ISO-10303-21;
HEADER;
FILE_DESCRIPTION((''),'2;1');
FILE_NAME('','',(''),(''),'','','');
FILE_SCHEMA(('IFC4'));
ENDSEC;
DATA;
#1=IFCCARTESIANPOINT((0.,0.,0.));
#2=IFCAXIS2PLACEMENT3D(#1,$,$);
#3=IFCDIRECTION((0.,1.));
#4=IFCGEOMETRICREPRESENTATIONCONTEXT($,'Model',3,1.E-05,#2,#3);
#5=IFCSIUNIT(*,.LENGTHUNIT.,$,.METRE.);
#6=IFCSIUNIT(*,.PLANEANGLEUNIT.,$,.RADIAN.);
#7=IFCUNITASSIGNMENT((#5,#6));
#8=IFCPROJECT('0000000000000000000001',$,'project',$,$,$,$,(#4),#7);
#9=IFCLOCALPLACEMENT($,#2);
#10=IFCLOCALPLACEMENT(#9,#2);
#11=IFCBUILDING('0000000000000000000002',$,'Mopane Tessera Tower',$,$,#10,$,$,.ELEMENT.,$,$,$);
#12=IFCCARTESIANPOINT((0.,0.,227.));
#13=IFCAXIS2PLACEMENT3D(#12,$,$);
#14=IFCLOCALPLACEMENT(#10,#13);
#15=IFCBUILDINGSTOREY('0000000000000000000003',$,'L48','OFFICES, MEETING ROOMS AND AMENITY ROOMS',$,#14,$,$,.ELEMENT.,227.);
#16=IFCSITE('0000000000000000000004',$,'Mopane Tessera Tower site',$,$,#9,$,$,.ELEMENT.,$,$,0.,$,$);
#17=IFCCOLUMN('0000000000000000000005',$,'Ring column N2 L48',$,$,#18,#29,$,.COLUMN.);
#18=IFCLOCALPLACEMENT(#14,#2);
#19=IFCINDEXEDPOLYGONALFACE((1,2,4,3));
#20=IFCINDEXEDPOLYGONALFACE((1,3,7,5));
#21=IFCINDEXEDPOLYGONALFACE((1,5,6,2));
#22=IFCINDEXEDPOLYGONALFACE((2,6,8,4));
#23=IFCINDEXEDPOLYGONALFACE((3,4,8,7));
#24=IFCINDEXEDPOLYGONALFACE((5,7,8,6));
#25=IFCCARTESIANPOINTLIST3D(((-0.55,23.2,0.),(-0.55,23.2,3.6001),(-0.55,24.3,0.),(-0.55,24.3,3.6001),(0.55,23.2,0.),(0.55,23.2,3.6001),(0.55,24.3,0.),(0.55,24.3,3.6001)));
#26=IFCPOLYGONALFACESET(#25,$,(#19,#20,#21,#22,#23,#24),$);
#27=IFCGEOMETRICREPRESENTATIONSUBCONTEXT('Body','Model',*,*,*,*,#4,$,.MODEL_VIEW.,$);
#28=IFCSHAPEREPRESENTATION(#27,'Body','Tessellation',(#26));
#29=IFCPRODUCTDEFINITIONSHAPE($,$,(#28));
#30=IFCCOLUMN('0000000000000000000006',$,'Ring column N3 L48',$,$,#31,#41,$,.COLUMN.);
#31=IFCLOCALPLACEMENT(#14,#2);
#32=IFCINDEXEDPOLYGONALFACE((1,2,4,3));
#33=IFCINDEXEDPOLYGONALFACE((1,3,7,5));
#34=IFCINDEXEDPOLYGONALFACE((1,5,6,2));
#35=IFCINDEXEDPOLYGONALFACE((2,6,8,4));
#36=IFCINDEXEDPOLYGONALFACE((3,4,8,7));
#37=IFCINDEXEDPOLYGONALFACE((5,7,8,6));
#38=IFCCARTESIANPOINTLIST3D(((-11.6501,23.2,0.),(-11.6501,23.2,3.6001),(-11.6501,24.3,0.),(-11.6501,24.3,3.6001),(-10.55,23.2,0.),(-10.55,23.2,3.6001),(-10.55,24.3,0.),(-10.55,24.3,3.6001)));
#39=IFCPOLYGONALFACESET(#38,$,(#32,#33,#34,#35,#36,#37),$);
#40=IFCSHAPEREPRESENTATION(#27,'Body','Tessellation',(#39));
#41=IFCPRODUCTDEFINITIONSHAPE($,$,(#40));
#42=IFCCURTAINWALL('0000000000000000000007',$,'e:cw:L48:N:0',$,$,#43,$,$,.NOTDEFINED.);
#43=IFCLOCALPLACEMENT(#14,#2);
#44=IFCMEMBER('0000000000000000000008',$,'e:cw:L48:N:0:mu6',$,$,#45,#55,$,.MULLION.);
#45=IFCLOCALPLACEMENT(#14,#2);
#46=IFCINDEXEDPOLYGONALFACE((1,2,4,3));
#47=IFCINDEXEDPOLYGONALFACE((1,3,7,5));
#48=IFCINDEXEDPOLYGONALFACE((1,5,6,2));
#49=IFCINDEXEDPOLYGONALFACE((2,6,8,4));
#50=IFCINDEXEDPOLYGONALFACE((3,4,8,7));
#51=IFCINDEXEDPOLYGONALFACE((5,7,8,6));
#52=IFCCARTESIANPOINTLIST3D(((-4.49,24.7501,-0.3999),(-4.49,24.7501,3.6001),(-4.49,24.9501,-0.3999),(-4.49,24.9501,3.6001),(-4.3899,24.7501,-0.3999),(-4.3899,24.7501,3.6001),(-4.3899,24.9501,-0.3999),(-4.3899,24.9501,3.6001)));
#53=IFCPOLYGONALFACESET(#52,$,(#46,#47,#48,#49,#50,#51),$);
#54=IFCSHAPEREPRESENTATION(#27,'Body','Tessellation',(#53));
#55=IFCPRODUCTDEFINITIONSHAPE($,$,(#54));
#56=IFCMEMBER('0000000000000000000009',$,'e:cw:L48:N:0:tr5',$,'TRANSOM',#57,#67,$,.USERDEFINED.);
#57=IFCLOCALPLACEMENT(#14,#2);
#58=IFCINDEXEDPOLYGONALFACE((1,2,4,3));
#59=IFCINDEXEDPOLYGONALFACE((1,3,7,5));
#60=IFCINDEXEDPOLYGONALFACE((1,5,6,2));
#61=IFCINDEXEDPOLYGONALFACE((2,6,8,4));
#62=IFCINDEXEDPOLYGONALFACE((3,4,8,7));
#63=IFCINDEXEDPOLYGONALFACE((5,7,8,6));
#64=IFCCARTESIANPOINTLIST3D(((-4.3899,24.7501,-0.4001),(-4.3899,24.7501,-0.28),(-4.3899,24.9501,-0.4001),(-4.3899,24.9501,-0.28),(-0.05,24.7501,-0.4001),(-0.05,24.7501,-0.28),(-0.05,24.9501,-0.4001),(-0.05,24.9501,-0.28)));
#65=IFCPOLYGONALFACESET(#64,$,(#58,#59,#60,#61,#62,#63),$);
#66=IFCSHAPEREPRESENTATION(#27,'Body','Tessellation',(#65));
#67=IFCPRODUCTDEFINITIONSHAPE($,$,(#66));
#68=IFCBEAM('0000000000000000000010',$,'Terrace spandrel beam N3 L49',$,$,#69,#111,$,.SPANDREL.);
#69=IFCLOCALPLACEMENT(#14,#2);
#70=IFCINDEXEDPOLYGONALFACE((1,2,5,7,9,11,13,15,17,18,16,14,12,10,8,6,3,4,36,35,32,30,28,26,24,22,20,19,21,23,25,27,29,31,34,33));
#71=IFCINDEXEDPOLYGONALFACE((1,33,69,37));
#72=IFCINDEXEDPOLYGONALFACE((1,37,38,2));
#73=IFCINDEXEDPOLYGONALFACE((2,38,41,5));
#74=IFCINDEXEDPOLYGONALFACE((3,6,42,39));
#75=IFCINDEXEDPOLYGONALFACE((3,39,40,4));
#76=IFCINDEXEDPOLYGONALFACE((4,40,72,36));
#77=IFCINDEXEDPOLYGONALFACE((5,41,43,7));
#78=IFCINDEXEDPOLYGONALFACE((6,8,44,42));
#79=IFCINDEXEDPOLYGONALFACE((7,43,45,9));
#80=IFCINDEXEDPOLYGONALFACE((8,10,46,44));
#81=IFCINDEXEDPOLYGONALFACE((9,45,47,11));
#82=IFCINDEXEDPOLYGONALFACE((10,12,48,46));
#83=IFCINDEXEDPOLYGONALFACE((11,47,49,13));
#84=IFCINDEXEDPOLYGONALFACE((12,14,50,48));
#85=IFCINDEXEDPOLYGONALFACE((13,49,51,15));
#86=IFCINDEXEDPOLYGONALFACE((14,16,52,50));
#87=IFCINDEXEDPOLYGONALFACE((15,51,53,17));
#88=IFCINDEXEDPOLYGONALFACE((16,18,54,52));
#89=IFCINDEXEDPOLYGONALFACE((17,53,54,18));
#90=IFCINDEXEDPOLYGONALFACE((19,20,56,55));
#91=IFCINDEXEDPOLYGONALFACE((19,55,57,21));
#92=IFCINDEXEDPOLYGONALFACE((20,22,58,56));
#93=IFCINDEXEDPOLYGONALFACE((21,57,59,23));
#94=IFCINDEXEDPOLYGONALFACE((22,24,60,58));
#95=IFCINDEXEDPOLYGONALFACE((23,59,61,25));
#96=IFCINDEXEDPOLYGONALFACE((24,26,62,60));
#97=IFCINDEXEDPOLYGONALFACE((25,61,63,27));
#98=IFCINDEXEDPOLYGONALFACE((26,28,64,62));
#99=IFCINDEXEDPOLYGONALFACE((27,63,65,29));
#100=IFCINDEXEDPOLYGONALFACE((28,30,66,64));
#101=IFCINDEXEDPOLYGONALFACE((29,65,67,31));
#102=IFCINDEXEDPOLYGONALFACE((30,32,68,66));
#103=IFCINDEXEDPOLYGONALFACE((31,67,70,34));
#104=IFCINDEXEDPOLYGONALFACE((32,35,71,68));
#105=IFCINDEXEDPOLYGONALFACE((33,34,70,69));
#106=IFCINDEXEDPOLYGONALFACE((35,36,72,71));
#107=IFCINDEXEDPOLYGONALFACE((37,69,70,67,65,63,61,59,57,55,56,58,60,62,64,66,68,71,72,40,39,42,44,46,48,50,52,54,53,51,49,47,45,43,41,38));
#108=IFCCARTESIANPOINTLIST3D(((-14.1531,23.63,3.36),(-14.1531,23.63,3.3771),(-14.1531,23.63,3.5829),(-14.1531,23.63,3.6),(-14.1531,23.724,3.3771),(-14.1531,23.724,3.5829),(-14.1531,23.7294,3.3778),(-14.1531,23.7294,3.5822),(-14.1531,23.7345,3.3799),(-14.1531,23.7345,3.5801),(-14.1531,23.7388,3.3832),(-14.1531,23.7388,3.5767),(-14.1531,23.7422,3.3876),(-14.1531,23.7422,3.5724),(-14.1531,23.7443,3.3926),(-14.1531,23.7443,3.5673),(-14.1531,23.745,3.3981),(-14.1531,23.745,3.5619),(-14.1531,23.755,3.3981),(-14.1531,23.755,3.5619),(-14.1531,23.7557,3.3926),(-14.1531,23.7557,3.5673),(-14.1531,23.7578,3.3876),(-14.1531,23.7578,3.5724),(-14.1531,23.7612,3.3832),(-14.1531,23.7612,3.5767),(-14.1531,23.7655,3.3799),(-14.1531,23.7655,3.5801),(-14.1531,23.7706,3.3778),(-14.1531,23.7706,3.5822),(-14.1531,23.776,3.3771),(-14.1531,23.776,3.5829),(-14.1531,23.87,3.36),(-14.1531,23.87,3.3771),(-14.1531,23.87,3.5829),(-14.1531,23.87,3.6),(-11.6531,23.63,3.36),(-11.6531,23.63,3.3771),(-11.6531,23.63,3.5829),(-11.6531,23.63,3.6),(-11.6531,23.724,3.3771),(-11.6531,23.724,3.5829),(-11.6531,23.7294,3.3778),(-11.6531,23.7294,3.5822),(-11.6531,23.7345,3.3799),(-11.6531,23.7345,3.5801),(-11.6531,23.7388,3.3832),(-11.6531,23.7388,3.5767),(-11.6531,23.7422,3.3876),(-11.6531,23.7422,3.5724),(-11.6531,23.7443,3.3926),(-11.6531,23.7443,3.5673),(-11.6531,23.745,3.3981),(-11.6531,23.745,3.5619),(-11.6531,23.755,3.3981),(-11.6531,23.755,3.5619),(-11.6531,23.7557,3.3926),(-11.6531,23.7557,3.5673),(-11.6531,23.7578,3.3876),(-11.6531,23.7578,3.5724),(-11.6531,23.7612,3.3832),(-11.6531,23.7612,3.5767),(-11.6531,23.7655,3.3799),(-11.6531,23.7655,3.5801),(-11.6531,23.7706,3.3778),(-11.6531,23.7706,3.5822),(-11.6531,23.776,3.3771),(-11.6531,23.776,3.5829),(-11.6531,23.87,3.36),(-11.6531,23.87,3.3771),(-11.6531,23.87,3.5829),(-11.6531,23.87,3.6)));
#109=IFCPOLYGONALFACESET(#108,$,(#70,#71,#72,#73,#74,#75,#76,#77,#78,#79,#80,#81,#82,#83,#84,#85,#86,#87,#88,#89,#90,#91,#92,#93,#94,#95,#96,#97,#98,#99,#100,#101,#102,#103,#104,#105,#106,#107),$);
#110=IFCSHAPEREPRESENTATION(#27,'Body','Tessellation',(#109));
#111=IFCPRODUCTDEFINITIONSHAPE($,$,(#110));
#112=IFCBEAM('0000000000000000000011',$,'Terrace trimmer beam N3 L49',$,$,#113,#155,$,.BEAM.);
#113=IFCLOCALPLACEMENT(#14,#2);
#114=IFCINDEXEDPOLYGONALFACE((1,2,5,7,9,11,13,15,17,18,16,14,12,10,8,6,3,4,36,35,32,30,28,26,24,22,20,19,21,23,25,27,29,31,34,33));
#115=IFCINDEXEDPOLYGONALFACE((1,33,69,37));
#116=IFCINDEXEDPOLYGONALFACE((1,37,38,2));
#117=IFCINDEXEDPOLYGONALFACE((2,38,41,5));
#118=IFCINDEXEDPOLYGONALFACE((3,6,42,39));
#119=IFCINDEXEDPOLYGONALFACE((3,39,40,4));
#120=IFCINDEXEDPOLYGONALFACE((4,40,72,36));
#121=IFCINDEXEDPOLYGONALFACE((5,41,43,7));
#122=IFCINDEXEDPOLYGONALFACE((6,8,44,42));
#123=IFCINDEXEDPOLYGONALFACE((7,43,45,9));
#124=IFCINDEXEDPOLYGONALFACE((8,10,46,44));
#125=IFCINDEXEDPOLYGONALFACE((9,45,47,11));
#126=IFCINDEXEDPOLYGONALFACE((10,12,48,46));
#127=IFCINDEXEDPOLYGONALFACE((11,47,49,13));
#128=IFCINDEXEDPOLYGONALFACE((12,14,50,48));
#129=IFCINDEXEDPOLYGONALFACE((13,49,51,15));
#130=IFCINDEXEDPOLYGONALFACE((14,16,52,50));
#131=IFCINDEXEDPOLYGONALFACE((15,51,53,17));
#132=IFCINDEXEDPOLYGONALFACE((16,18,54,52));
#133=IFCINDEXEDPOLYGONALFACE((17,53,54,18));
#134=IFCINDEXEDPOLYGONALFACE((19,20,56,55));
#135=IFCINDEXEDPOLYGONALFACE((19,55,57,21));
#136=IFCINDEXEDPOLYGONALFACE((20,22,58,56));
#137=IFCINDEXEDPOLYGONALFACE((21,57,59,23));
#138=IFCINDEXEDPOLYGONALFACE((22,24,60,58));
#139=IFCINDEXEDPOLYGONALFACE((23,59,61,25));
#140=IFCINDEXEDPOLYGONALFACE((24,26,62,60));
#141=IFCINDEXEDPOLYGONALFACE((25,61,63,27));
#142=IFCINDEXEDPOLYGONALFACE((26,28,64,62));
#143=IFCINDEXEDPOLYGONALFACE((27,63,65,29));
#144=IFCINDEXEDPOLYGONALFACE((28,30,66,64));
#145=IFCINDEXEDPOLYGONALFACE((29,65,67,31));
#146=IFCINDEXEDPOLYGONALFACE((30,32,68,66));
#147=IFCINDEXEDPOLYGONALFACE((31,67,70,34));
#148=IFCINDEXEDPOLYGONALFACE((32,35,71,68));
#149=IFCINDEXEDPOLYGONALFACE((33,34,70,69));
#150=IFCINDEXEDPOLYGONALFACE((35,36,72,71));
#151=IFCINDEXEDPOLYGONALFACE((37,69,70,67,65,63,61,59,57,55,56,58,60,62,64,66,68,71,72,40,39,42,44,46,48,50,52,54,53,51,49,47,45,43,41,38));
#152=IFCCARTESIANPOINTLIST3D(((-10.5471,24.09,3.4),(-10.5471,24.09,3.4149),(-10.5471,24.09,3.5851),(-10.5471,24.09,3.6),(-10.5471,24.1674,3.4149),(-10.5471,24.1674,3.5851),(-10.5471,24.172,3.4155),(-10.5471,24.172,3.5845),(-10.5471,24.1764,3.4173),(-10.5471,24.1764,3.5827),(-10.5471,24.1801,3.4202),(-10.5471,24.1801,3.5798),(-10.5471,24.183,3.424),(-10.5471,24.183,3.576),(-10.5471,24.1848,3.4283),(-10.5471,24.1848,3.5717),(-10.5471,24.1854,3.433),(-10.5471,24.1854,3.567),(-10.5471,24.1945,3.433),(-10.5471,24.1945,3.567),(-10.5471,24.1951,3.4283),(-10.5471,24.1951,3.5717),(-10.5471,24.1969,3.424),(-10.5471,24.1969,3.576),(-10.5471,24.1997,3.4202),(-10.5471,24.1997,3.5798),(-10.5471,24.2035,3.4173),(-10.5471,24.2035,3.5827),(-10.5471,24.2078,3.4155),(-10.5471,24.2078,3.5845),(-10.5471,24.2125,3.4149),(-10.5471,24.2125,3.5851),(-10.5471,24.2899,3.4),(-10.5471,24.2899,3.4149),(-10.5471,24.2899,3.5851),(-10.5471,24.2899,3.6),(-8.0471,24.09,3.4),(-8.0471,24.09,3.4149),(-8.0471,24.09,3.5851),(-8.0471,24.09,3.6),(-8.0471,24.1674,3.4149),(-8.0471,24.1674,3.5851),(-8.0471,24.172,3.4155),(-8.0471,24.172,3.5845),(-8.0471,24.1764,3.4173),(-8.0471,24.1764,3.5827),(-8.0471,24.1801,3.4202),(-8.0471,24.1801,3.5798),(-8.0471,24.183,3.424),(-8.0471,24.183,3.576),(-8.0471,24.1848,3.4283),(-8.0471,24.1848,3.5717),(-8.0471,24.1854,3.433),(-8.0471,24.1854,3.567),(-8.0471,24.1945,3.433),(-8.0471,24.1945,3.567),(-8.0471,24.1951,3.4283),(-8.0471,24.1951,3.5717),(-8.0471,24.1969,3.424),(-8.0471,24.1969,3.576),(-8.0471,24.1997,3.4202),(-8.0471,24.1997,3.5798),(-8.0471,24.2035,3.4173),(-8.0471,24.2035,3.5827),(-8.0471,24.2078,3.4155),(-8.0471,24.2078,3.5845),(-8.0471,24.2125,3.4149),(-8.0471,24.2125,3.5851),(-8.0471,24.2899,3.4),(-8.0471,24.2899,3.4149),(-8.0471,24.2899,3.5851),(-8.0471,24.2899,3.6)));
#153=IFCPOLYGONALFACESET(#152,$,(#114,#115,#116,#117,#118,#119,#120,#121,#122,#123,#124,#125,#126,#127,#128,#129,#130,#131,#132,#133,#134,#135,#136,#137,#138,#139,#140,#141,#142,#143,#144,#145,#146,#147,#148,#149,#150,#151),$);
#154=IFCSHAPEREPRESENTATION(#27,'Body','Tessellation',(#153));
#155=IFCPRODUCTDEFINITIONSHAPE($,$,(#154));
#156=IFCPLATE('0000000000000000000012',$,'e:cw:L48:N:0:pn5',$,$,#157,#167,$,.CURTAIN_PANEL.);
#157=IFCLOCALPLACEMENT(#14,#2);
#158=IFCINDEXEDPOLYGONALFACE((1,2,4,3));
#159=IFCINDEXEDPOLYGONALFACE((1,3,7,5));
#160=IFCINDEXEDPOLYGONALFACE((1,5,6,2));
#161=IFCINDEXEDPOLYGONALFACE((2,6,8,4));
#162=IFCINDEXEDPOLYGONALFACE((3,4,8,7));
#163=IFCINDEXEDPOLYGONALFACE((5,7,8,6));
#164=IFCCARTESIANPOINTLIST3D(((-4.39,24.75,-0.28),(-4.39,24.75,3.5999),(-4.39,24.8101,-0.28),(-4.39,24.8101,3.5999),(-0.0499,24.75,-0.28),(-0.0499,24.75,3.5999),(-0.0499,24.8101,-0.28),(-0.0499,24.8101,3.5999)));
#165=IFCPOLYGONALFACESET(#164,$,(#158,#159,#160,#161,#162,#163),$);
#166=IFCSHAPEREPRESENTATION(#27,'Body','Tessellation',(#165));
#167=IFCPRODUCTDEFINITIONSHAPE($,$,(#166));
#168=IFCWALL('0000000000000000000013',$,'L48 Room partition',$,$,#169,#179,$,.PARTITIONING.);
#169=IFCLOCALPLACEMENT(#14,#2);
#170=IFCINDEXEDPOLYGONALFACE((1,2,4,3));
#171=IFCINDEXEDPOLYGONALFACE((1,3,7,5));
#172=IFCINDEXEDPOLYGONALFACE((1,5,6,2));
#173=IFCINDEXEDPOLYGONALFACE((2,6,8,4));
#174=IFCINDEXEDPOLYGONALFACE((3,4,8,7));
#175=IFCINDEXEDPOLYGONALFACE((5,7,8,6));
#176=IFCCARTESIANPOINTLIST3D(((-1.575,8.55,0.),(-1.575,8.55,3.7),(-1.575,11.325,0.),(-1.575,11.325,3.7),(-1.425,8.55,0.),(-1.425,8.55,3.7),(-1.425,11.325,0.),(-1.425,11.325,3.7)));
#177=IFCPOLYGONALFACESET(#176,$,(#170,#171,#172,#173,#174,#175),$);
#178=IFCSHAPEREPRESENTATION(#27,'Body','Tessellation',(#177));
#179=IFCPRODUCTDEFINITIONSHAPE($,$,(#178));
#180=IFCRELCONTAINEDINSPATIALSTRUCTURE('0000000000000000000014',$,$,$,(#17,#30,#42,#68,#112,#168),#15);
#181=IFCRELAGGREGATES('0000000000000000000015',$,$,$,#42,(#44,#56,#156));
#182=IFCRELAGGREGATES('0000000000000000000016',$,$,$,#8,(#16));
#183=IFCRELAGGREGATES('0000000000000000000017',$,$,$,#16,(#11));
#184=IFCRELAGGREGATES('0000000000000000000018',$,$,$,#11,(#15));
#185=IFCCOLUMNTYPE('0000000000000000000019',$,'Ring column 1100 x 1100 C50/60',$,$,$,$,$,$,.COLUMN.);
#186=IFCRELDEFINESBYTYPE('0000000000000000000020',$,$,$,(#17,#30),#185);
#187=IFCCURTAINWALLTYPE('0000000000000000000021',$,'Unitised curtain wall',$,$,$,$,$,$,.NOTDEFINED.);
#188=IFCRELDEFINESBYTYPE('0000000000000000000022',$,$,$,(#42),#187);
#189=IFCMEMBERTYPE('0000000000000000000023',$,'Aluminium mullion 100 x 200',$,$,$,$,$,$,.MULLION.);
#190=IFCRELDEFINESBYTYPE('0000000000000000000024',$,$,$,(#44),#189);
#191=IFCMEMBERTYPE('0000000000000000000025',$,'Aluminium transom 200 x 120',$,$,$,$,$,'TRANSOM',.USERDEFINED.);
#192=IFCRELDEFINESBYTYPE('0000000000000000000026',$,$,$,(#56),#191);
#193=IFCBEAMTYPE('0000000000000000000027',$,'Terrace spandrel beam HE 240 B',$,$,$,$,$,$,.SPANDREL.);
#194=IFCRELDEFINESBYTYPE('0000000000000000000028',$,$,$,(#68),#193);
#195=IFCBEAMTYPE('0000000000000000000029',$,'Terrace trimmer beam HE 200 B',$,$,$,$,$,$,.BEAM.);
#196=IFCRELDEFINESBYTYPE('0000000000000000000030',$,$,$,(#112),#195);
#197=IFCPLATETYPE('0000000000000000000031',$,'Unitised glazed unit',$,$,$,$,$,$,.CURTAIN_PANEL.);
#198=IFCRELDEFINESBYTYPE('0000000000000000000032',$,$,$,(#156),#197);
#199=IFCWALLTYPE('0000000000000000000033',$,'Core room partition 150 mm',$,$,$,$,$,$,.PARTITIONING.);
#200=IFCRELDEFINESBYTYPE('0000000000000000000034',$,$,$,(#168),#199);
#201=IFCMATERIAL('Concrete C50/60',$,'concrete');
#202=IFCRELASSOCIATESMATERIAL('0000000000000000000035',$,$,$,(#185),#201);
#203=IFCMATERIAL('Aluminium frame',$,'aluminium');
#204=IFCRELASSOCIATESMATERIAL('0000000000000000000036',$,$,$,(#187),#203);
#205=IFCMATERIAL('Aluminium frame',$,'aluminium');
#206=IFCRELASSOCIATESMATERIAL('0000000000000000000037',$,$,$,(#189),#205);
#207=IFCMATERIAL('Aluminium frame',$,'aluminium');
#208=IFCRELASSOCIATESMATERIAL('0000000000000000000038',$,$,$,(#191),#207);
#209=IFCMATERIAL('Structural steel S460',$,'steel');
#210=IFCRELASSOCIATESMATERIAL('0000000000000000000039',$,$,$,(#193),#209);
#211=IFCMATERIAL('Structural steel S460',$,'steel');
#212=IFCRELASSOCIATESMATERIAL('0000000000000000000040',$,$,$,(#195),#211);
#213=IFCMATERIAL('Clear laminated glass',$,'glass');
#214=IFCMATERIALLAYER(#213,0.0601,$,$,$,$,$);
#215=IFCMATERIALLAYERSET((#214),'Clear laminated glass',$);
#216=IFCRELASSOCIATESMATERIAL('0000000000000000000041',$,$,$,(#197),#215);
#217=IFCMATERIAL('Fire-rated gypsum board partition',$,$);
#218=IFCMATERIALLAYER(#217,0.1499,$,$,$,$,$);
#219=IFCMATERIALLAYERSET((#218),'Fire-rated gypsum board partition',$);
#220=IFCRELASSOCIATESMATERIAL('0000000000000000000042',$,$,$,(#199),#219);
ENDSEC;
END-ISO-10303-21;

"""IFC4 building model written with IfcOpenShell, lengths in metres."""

from ifc_helpers import new_model, si_unit, direction, frame, frame_2d, origin, origin_2d, place, context, subcontext, project, spatial, rectangle, i_section, extrude, material, layer, layer_set, material_profile, profile_set, type_object, element, aggregate, save


model = new_model("IFC4")

# Units and contexts
model_context = context("Model", 3, precision=1e-05, world=origin(), true_north=direction((0.0, 1.0)))
body_context = subcontext(model_context, "Body", "Model", "MODEL_VIEW")
ifc_project = project(units=[si_unit("LENGTHUNIT", "METRE"), si_unit("PLANEANGLEUNIT", "RADIAN")], contexts=[model_context])

# Site, building, storey
site_placement = place(None, origin())
site = spatial("IfcSite", under=ifc_project, at=site_placement, Name="Mopane Tessera Tower site", CompositionType="ELEMENT", RefElevation=0.0)
building_placement = place(site_placement, origin())
building = spatial("IfcBuilding", under=site, at=building_placement, Name="Mopane Tessera Tower", CompositionType="ELEMENT")
storey_placement = place(building_placement, frame((0.0, 0.0, 227.0)))
storey = spatial("IfcBuildingStorey", under=building, at=storey_placement, Name="L48", Description="OFFICES, MEETING ROOMS AND AMENITY ROOMS", CompositionType="ELEMENT", Elevation=227.0)

# Columns
ifc_material_1 = material(Name="Concrete C50/60", Category="concrete")
ifc_material_profile_1 = material_profile(ifc_material_1, rectangle(XDim=1.1001, YDim=1.1001, at=origin_2d()))
ifc_profile_set_1 = profile_set([ifc_material_profile_1], Name="Concrete C50/60")
column_type = type_object("IfcColumnType", Name="Ring column 1100 x 1100 C50/60", PredefinedType="COLUMN", material=ifc_profile_set_1)
for number, where, z_axis, x_axis, name in (
    (1, (0.0, 23.75, 0.0), (0.0, 0.0, 1.0), (1.0, 0.0, 0.0), "Ring column N2 L48"),
    (2, (-11.1001, 23.75, 0.0), (0.0, 0.0, 1.0), (1.0, 0.0, 0.0), "Ring column N3 L48"),
):
    element("IfcColumn", number, at=place(storey_placement, frame(where, z_axis=z_axis, x_axis=x_axis)), inside=storey, type_object=column_type, Name=name, PredefinedType="COLUMN", context=body_context, shape_type="SweptSolid", body=[
        extrude(rectangle(XDim=1.1001, YDim=1.1001, at=origin_2d()), origin(), (0.0, 0.0, 1.0), 3.6001),
    ])

# Curtain wall, members
ifc_material_2 = material(Name="Aluminium frame", Category="aluminium")
curtain_wall_type = type_object("IfcCurtainWallType", Name="Unitised curtain wall", PredefinedType="NOTDEFINED", material=ifc_material_2)
curtain_wall_placement = place(storey_placement, origin())
curtain_wall = element("IfcCurtainWall", 3, at=curtain_wall_placement, inside=storey, type_object=curtain_wall_type, Name="e:cw:L48:N:0", PredefinedType="NOTDEFINED")
ifc_material_3 = material(Name="Aluminium frame", Category="aluminium")
ifc_material_profile_2 = material_profile(ifc_material_3, rectangle(XDim=0.1001, YDim=0.2, at=origin_2d()))
ifc_profile_set_2 = profile_set([ifc_material_profile_2], Name="Aluminium frame")
member_type_1 = type_object("IfcMemberType", Name="Aluminium mullion 100 x 200", PredefinedType="MULLION", material=ifc_profile_set_2)
member_1_placement = place(storey_placement, frame((-4.4399, 24.8501, -0.3999), z_axis=(0.0, 0.0, 1.0), x_axis=(-1.0, 0.0, 0.0)))
member_1 = element("IfcMember", 4, at=member_1_placement, type_object=member_type_1, Name="e:cw:L48:N:0:mu6", PredefinedType="MULLION", context=body_context, shape_type="SweptSolid", body=[
    extrude(rectangle(XDim=0.1001, YDim=0.2, at=origin_2d()), origin(), (0.0, 0.0, 1.0), 4.0),
])
ifc_material_4 = material(Name="Aluminium frame", Category="aluminium")
ifc_material_profile_3 = material_profile(ifc_material_4, rectangle(XDim=0.2, YDim=0.1201, at=origin_2d()))
ifc_profile_set_3 = profile_set([ifc_material_profile_3], Name="Aluminium frame")
member_type_2 = type_object("IfcMemberType", Name="Aluminium transom 200 x 120", ElementType="TRANSOM", PredefinedType="USERDEFINED", material=ifc_profile_set_3)
member_2_placement = place(storey_placement, frame((-0.05, 24.8501, -0.3401), z_axis=(-1.0, 0.0, 0.0), x_axis=(0.0, -1.0, 0.0)))
member_2 = element("IfcMember", 5, at=member_2_placement, type_object=member_type_2, Name="e:cw:L48:N:0:tr5", ObjectType="TRANSOM", PredefinedType="USERDEFINED", context=body_context, shape_type="SweptSolid", body=[
    extrude(rectangle(XDim=0.2, YDim=0.1201, at=origin_2d()), origin(), (0.0, 0.0, 1.0), 4.3398),
])

# Beams
ifc_material_5 = material(Name="Structural steel S460", Category="steel")
ifc_material_profile_4 = material_profile(ifc_material_5, i_section(OverallWidth=0.24, OverallDepth=0.24, WebThickness=0.01, FlangeThickness=0.0171, FilletRadius=0.021, at=origin_2d()))
ifc_profile_set_4 = profile_set([ifc_material_profile_4], Name="Structural steel S460")
beam_type_1 = type_object("IfcBeamType", Name="Terrace spandrel beam HE 240 B", PredefinedType="SPANDREL", material=ifc_profile_set_4)
beam_1_placement = place(storey_placement, frame((-11.6531, 23.75, 3.48), z_axis=(-1.0, 0.0, 0.0), x_axis=(0.0, -1.0, 0.0)))
element("IfcBeam", 6, at=beam_1_placement, inside=storey, type_object=beam_type_1, Name="Terrace spandrel beam N3 L49", PredefinedType="SPANDREL", context=body_context, shape_type="SweptSolid", body=[
    extrude(i_section(OverallWidth=0.24, OverallDepth=0.24, WebThickness=0.01, FlangeThickness=0.0171, FilletRadius=0.021, at=origin_2d()), origin(), (0.0, 0.0, 1.0), 2.5),
])
ifc_material_6 = material(Name="Structural steel S460", Category="steel")
ifc_material_profile_5 = material_profile(ifc_material_6, i_section(OverallWidth=0.2, OverallDepth=0.2, WebThickness=0.009, FlangeThickness=0.0149, FilletRadius=0.0181, at=origin_2d()))
ifc_profile_set_5 = profile_set([ifc_material_profile_5], Name="Structural steel S460")
beam_type_2 = type_object("IfcBeamType", Name="Terrace trimmer beam HE 200 B", PredefinedType="BEAM", material=ifc_profile_set_5)
beam_2_placement = place(storey_placement, frame((-10.5471, 24.1899, 3.5), z_axis=(1.0, 0.0, 0.0), x_axis=(0.0, 1.0, 0.0)))
element("IfcBeam", 7, at=beam_2_placement, inside=storey, type_object=beam_type_2, Name="Terrace trimmer beam N3 L49", PredefinedType="BEAM", context=body_context, shape_type="SweptSolid", body=[
    extrude(i_section(OverallWidth=0.2, OverallDepth=0.2, WebThickness=0.009, FlangeThickness=0.0149, FilletRadius=0.0181, at=origin_2d()), origin(), (0.0, 0.0, 1.0), 2.5),
])

# Plate
ifc_material_7 = material(Name="Clear laminated glass", Category="glass")
ifc_layer_1 = layer(ifc_material_7, 0.0601)
ifc_layer_set_1 = layer_set([ifc_layer_1], Name="Clear laminated glass")
plate_type = type_object("IfcPlateType", Name="Unitised glazed unit", PredefinedType="CURTAIN_PANEL", material=ifc_layer_set_1)
plate_placement = place(storey_placement, frame((-2.22, 24.78, -0.28), z_axis=(0.0, 0.0, 1.0), x_axis=(-1.0, 0.0, 0.0)))
plate = element("IfcPlate", 8, at=plate_placement, type_object=plate_type, Name="e:cw:L48:N:0:pn5", PredefinedType="CURTAIN_PANEL", context=body_context, shape_type="SweptSolid", body=[
    extrude(rectangle(XDim=4.3401, YDim=0.0601, at=origin_2d()), origin(), (0.0, 0.0, 1.0), 3.8799),
])
aggregate(curtain_wall, [member_1, member_2, plate])

# Wall
ifc_material_8 = material(Name="Fire-rated gypsum board partition")
ifc_layer_2 = layer(ifc_material_8, 0.1499)
ifc_layer_set_2 = layer_set([ifc_layer_2], Name="Fire-rated gypsum board partition")
wall_type_1 = type_object("IfcWallType", Name="Core room partition 150 mm", PredefinedType="PARTITIONING", material=ifc_layer_set_2)
wall_1_placement = place(storey_placement, frame((-1.5, 8.55, 0.0), z_axis=(0.0, 0.0, 1.0), x_axis=(0.0, 1.0, 0.0)))
element("IfcWall", 9, at=wall_1_placement, inside=storey, type_object=wall_type_1, Name="L48 Room partition", PredefinedType="PARTITIONING", context=body_context, shape_type="SweptSolid", body=[
    extrude(rectangle(XDim=2.7749, YDim=0.1499, at=frame_2d((1.3875, 0.0))), origin(), (0.0, 0.0, 1.0), 3.7),
])

save(model, "model.ifc")
